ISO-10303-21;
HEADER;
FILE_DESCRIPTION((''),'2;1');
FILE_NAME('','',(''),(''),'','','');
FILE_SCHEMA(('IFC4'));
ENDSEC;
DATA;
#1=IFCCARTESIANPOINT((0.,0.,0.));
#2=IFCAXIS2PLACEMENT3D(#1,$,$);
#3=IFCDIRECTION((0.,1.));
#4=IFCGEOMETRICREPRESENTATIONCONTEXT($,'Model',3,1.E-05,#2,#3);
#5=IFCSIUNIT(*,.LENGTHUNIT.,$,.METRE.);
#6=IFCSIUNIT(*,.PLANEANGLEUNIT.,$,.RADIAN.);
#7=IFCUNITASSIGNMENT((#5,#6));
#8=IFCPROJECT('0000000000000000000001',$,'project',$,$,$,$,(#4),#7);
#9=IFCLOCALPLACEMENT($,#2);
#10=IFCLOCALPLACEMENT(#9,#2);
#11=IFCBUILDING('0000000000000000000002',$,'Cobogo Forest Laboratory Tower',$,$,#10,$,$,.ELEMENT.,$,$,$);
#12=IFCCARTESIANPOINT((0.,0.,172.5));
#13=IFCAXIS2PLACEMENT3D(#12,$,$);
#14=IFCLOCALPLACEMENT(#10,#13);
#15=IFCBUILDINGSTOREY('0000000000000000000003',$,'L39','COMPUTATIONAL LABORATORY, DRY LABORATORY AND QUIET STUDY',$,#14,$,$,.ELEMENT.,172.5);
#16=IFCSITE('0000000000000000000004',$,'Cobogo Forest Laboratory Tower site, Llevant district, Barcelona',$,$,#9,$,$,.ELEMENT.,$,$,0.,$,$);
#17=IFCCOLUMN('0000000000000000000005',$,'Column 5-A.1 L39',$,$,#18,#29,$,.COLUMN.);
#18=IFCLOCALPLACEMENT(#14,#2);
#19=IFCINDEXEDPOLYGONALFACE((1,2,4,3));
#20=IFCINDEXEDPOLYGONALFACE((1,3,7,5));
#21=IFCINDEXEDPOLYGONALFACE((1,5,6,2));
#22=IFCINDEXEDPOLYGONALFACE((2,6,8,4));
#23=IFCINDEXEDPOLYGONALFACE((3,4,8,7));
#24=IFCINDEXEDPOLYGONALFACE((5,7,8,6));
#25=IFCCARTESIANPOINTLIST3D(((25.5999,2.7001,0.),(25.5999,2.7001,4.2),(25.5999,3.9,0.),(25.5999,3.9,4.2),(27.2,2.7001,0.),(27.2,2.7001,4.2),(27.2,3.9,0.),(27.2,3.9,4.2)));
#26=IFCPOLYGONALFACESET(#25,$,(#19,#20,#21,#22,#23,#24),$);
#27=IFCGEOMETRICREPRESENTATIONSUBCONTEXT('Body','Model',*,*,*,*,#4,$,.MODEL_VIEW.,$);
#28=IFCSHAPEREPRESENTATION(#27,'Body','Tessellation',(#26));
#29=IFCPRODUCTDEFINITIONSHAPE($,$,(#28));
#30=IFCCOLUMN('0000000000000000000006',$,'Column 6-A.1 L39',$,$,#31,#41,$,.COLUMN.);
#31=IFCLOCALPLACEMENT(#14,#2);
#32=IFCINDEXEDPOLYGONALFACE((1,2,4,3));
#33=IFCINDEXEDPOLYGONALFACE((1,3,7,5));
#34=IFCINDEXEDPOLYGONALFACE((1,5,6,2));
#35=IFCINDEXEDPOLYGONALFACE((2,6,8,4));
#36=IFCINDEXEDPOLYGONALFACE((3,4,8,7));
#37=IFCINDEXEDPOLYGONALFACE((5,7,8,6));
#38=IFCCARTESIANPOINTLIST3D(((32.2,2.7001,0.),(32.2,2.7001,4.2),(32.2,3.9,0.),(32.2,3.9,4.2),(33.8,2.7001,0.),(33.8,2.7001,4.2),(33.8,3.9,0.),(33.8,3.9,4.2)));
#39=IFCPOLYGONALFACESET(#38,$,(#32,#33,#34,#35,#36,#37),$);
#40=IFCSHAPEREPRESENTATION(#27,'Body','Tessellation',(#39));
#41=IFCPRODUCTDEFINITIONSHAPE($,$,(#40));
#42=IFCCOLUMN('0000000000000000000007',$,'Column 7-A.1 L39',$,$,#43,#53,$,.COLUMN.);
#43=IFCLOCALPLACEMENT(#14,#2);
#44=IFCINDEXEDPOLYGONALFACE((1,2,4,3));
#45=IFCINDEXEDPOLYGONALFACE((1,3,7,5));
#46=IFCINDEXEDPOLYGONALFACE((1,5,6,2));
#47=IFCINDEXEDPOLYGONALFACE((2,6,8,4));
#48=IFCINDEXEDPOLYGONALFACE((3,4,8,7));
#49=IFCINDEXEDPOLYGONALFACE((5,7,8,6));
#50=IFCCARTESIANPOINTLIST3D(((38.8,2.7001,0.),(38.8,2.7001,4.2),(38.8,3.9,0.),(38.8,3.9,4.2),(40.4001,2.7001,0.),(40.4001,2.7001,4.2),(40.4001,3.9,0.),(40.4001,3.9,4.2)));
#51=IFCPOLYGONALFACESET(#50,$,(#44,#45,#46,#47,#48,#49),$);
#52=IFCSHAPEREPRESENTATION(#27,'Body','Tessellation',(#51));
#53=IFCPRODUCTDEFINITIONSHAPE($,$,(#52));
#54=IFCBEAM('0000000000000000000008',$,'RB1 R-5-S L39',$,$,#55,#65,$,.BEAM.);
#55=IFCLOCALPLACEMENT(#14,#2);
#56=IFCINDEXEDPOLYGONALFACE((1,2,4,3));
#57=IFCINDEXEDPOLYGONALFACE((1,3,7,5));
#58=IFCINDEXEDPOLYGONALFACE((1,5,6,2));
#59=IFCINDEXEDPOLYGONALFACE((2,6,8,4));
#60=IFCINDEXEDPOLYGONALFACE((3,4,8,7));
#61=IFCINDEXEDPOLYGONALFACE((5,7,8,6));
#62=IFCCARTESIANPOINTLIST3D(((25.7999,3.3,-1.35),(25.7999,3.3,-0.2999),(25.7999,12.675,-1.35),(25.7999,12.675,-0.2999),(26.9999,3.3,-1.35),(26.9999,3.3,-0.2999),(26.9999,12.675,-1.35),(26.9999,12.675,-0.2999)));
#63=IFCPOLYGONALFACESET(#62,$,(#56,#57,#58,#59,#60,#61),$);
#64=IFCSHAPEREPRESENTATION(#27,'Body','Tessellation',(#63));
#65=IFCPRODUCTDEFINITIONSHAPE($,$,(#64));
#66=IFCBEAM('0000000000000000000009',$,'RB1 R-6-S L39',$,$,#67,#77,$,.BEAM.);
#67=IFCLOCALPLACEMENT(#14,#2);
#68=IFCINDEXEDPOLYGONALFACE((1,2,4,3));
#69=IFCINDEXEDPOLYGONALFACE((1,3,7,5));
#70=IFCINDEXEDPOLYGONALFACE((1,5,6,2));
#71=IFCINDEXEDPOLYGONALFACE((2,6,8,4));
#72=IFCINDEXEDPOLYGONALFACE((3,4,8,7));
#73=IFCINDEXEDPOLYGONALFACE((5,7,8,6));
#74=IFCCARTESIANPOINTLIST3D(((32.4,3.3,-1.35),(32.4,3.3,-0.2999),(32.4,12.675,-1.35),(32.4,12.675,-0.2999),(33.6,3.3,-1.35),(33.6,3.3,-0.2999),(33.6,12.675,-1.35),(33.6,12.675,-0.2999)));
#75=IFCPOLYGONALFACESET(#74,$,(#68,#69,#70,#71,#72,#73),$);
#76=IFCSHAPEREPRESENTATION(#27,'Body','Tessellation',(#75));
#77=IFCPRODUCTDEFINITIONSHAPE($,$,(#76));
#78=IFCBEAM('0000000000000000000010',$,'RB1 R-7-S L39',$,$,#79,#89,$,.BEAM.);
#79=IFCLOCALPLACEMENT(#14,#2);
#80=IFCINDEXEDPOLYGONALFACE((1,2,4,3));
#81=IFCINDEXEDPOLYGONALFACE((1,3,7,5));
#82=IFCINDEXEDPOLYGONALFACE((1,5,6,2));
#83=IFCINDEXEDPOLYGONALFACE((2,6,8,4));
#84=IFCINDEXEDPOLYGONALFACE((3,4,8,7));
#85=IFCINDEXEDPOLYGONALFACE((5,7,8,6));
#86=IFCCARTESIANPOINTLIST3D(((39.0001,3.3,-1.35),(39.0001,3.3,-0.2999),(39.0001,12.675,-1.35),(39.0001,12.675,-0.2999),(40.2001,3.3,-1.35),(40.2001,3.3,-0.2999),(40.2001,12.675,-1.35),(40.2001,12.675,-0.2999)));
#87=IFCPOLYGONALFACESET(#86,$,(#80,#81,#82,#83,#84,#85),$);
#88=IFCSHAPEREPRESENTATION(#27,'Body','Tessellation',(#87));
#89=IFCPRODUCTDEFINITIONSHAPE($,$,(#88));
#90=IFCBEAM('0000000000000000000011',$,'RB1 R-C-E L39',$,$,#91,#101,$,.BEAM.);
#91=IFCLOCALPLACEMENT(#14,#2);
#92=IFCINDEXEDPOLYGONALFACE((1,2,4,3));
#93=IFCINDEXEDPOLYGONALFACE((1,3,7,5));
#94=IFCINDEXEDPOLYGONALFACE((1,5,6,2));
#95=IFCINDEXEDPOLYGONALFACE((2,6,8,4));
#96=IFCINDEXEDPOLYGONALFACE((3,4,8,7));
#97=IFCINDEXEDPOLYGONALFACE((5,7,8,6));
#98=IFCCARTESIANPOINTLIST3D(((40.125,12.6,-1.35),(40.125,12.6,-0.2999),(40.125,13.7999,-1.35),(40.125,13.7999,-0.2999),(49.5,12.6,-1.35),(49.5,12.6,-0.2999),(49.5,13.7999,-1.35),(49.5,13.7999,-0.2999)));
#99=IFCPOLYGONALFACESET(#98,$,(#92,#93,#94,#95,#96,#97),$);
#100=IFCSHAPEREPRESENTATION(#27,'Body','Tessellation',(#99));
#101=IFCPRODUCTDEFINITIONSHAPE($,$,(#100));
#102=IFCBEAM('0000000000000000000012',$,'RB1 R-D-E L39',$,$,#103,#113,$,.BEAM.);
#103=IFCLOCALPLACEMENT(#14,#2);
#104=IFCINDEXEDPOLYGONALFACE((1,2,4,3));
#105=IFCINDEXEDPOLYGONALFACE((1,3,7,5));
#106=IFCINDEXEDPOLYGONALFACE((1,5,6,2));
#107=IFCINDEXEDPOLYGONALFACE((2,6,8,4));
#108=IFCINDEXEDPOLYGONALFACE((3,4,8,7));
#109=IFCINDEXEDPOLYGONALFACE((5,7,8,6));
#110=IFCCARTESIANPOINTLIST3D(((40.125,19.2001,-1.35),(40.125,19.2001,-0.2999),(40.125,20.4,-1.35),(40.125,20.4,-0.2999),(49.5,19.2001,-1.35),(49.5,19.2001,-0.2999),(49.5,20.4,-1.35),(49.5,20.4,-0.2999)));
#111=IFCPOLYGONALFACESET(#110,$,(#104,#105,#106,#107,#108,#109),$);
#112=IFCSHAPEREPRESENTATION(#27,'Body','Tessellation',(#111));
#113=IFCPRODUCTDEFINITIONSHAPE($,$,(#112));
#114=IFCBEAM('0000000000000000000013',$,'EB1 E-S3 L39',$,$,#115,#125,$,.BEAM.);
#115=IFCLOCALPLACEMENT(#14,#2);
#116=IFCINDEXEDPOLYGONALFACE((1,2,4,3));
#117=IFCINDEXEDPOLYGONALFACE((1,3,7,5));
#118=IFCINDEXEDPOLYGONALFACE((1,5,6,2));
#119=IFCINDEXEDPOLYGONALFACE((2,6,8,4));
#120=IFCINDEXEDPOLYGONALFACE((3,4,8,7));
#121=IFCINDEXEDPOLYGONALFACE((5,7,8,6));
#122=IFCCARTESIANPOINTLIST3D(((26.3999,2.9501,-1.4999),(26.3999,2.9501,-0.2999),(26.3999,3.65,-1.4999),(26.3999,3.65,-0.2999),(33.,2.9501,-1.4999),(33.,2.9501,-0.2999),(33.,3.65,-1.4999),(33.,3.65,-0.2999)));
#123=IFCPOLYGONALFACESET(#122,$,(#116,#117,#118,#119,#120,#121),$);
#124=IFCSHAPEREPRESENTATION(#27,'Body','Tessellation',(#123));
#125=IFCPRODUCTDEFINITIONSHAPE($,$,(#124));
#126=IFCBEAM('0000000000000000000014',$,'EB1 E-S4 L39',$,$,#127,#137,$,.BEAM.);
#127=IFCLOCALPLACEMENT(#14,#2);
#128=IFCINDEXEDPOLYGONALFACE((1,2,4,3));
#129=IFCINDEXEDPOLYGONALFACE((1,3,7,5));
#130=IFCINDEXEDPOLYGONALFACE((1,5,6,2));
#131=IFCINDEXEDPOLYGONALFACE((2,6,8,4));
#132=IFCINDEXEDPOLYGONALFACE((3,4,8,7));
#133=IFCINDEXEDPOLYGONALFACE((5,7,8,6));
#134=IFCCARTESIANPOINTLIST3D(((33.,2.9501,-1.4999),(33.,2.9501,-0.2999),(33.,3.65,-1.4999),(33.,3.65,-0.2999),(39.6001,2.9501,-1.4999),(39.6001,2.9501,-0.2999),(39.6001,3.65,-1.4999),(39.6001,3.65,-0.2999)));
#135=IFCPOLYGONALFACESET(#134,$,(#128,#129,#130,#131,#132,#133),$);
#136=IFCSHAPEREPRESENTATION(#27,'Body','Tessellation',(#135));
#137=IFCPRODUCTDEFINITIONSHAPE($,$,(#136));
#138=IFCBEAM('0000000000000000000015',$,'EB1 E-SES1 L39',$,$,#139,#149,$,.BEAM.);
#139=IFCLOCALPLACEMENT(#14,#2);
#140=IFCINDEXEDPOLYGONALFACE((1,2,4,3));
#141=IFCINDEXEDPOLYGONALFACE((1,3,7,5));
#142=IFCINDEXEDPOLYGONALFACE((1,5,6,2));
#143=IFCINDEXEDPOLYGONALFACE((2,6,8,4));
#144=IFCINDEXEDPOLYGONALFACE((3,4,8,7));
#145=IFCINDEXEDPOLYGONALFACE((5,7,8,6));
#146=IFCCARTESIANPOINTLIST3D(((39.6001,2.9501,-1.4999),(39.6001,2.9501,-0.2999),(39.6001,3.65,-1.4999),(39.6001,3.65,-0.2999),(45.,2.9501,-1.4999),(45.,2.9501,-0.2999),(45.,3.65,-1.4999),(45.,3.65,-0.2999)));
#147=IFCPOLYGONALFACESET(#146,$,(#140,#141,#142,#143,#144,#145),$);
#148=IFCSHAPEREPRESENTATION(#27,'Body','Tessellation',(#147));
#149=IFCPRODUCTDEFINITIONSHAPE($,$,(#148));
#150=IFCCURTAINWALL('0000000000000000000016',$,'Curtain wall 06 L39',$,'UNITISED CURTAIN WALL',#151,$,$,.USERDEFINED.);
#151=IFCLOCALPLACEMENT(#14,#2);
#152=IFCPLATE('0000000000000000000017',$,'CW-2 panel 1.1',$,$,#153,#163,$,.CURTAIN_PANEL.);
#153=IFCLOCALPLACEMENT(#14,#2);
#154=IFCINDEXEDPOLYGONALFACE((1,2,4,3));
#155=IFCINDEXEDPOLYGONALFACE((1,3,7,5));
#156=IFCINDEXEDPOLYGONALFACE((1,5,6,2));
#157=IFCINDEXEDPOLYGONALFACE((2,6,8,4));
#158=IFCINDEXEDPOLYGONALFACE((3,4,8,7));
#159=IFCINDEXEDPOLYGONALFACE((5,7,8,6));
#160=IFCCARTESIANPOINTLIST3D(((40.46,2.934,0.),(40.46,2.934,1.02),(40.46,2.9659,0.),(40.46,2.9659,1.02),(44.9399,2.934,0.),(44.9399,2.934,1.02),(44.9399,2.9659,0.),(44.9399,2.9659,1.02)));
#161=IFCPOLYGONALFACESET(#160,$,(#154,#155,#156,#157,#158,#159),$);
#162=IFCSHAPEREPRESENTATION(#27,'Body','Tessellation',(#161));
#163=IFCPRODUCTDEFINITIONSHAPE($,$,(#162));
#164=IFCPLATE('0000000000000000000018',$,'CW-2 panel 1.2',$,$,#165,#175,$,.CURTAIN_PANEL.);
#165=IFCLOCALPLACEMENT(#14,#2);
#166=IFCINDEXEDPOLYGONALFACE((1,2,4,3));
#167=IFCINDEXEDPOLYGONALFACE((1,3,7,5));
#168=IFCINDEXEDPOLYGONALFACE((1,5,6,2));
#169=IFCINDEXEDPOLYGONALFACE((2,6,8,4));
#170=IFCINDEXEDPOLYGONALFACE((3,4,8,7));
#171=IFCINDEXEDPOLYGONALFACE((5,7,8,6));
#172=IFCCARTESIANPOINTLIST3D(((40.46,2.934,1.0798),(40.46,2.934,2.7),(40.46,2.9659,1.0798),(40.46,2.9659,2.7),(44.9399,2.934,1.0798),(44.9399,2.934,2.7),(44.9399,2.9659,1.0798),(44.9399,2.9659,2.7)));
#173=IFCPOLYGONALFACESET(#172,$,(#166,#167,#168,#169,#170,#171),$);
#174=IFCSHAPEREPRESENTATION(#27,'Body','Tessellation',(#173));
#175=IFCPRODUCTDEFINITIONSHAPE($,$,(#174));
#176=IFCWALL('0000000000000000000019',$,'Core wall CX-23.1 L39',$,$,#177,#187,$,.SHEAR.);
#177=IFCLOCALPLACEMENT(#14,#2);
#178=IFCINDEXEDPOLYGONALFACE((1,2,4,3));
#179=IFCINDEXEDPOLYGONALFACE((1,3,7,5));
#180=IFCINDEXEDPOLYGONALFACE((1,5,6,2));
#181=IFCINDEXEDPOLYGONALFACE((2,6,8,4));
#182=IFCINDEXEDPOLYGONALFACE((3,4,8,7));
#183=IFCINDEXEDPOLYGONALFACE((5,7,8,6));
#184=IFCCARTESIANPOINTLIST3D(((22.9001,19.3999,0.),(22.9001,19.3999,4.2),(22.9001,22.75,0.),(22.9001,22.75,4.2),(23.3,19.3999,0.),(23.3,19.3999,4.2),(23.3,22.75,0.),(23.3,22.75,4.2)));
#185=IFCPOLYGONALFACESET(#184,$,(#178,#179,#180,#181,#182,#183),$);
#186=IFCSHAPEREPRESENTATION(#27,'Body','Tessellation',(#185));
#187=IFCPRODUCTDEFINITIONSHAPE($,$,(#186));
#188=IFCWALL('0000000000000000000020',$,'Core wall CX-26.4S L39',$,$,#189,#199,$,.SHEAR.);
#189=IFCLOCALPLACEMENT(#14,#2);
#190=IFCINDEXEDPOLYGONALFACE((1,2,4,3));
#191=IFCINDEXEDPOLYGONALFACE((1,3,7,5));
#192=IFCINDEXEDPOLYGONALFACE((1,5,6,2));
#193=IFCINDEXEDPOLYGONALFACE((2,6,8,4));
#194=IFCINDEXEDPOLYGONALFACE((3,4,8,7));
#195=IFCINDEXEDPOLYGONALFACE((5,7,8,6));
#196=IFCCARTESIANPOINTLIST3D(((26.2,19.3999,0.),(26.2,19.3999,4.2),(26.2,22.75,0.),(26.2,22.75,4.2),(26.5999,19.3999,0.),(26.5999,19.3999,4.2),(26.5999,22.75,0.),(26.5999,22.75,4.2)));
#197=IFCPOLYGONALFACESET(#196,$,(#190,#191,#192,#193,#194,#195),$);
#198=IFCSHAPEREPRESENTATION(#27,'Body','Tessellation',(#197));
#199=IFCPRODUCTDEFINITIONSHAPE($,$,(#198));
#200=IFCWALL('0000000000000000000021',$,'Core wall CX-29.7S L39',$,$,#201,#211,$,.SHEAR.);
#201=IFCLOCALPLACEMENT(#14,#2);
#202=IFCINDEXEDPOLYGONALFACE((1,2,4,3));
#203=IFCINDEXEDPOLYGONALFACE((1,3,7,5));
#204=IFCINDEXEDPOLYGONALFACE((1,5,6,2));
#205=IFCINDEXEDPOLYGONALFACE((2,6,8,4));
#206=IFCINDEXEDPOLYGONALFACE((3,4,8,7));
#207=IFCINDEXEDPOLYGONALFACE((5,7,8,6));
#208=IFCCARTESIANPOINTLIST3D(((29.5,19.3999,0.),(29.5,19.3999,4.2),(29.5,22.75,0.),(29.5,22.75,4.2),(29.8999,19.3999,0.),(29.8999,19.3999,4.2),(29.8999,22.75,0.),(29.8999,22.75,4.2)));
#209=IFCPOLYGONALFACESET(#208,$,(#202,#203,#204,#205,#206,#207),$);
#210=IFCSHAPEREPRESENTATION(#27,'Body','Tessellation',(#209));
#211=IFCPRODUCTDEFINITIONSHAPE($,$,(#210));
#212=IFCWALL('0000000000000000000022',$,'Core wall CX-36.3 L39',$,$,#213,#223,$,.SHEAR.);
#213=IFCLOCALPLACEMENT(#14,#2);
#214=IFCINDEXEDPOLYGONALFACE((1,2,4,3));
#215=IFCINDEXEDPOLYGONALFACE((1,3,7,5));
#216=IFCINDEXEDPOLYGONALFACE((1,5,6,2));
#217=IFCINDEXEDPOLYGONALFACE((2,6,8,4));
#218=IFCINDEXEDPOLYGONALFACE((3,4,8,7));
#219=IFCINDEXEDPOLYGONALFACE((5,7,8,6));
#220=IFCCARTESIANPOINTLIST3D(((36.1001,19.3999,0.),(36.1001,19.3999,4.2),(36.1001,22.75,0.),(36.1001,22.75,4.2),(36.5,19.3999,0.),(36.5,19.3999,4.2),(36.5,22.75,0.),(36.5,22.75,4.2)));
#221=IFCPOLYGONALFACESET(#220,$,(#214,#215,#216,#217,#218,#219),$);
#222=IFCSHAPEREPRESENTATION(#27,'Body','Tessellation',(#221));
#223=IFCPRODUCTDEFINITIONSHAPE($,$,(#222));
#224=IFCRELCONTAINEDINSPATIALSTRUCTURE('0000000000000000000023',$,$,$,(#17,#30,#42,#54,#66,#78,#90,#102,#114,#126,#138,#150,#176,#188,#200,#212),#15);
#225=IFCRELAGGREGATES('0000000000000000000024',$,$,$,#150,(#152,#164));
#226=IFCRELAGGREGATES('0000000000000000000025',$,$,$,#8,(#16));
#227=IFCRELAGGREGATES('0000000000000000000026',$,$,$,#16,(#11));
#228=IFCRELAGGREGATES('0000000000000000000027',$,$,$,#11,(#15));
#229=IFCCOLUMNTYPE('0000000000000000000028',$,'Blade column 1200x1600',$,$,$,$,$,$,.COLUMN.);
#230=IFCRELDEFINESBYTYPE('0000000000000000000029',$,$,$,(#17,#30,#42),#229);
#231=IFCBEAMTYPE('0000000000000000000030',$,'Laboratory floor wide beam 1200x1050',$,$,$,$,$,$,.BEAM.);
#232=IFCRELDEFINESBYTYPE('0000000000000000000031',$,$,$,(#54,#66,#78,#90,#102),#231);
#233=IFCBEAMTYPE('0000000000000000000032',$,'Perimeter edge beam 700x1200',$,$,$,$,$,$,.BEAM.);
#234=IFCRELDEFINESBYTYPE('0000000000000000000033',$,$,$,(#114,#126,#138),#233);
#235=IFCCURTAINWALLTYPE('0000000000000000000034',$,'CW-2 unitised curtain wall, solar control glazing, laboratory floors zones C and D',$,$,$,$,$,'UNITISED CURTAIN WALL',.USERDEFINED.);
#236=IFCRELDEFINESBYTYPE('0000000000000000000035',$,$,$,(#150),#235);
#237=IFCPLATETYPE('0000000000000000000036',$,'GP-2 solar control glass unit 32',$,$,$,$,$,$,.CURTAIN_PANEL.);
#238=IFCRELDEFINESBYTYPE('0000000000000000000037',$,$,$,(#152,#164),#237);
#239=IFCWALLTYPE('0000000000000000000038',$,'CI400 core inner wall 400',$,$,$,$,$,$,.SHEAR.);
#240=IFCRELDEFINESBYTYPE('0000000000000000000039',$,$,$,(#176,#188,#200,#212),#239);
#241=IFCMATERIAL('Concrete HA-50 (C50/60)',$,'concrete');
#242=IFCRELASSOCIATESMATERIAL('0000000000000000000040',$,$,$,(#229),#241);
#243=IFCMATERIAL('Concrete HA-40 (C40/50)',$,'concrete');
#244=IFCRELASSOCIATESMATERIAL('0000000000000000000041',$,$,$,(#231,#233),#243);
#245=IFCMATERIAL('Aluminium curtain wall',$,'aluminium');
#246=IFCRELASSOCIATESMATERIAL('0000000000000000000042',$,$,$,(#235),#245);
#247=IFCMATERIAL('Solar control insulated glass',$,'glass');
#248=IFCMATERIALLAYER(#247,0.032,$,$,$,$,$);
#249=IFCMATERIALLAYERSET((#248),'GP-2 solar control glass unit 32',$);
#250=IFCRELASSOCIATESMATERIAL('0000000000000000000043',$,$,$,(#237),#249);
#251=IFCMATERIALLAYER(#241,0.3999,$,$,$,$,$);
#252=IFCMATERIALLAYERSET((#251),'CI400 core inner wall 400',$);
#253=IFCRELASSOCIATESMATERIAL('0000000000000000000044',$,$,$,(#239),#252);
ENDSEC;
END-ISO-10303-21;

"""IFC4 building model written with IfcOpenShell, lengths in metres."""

from ifc_helpers import new_model, si_unit, direction, frame, frame_2d, origin, origin_2d, place, context, subcontext, project, spatial, rectangle, extrude, material, layer, layer_set, material_profile, profile_set, type_object, element, aggregate, save


model = new_model("IFC4")

# Units and contexts
model_context = context("Model", 3, precision=1e-05, world=origin(), true_north=direction((0.0, 1.0)))
body_context = subcontext(model_context, "Body", "Model", "MODEL_VIEW")
ifc_project = project(units=[si_unit("LENGTHUNIT", "METRE"), si_unit("PLANEANGLEUNIT", "RADIAN")], contexts=[model_context])

# Site, building, storey
site_placement = place(None, origin())
site = spatial("IfcSite", under=ifc_project, at=site_placement, Name="Cobogo Forest Laboratory Tower site, Llevant district, Barcelona", CompositionType="ELEMENT", RefElevation=0.0)
building_placement = place(site_placement, origin())
building = spatial("IfcBuilding", under=site, at=building_placement, Name="Cobogo Forest Laboratory Tower", CompositionType="ELEMENT")
storey_placement = place(building_placement, frame((0.0, 0.0, 172.5)))
storey = spatial("IfcBuildingStorey", under=building, at=storey_placement, Name="L39", Description="COMPUTATIONAL LABORATORY, DRY LABORATORY AND QUIET STUDY", CompositionType="ELEMENT", Elevation=172.5)

# Columns
ifc_material_1 = material(Name="Concrete HA-50 (C50/60)", Category="concrete")
ifc_material_profile_1 = material_profile(ifc_material_1, rectangle(XDim=1.6001, YDim=1.2, at=origin_2d()), Name="RC 1200x1600")
ifc_profile_set_1 = profile_set([ifc_material_profile_1], Name="Concrete HA-50 (C50/60)")
column_type = type_object("IfcColumnType", Name="Blade column 1200x1600", PredefinedType="COLUMN", material=ifc_profile_set_1)
for number, where, z_axis, x_axis, name in (
    (1, (26.3999, 3.3, 0.0), (0.0, 0.0, 1.0), (1.0, 0.0, 0.0), "Column 5-A.1 L39"),
    (2, (33.0, 3.3, 0.0), (0.0, 0.0, 1.0), (1.0, 0.0, 0.0), "Column 6-A.1 L39"),
    (3, (39.6001, 3.3, 0.0), (0.0, 0.0, 1.0), (1.0, 0.0, 0.0), "Column 7-A.1 L39"),
):
    element("IfcColumn", number, at=place(storey_placement, frame(where, z_axis=z_axis, x_axis=x_axis)), inside=storey, type_object=column_type, Name=name, PredefinedType="COLUMN", context=body_context, shape_type="SweptSolid", body=[
        extrude(rectangle(XDim=1.6001, YDim=1.2, at=origin_2d()), origin(), (0.0, 0.0, 1.0), 4.2),
    ])

# Beams
ifc_material_2 = material(Name="Concrete HA-40 (C40/50)", Category="concrete")
ifc_material_profile_2 = material_profile(ifc_material_2, rectangle(XDim=1.2, YDim=1.05, at=origin_2d()), Name="RC 1200x1050")
ifc_profile_set_2 = profile_set([ifc_material_profile_2], Name="Concrete HA-40 (C40/50)")
beam_type_1 = type_object("IfcBeamType", Name="Laboratory floor wide beam 1200x1050", PredefinedType="BEAM", material=ifc_profile_set_2)
for number, where, z_axis, x_axis, name in (
    (4, (26.3999, 12.675, -0.825), (0.0, -1.0, 0.0), (1.0, 0.0, 0.0), "RB1 R-5-S L39"),
    (5, (33.0, 12.675, -0.825), (0.0, -1.0, 0.0), (1.0, 0.0, 0.0), "RB1 R-6-S L39"),
    (6, (39.6001, 12.675, -0.825), (0.0, -1.0, 0.0), (1.0, 0.0, 0.0), "RB1 R-7-S L39"),
    (7, (40.125, 13.2, -0.825), (1.0, 0.0, 0.0), (0.0, 1.0, 0.0), "RB1 R-C-E L39"),
    (8, (40.125, 19.8, -0.825), (1.0, 0.0, 0.0), (0.0, 1.0, 0.0), "RB1 R-D-E L39"),
):
    element("IfcBeam", number, at=place(storey_placement, frame(where, z_axis=z_axis, x_axis=x_axis)), inside=storey, type_object=beam_type_1, Name=name, PredefinedType="BEAM", context=body_context, shape_type="SweptSolid", body=[
        extrude(rectangle(XDim=1.2, YDim=1.05, at=origin_2d()), origin(), (0.0, 0.0, 1.0), 9.375),
    ])
ifc_material_profile_3 = material_profile(ifc_material_2, rectangle(XDim=0.7, YDim=1.2, at=origin_2d()), Name="RC 700x1200")
ifc_profile_set_3 = profile_set([ifc_material_profile_3], Name="Concrete HA-40 (C40/50)")
beam_type_2 = type_object("IfcBeamType", Name="Perimeter edge beam 700x1200", PredefinedType="BEAM", material=ifc_profile_set_3)
for number, where, z_axis, x_axis, name in (
    (9, (26.3999, 3.3, -0.8999), (1.0, 0.0, 0.0), (0.0, 1.0, 0.0), "EB1 E-S3 L39"),
    (10, (33.0, 3.3, -0.8999), (1.0, 0.0, 0.0), (0.0, 1.0, 0.0), "EB1 E-S4 L39"),
):
    element("IfcBeam", number, at=place(storey_placement, frame(where, z_axis=z_axis, x_axis=x_axis)), inside=storey, type_object=beam_type_2, Name=name, PredefinedType="BEAM", context=body_context, shape_type="SweptSolid", body=[
        extrude(rectangle(XDim=0.7, YDim=1.2, at=origin_2d()), origin(), (0.0, 0.0, 1.0), 6.6001),
    ])
beam_placement = place(storey_placement, frame((39.6001, 3.3, -0.8999), z_axis=(1.0, 0.0, 0.0), x_axis=(0.0, 1.0, 0.0)))
element("IfcBeam", 11, at=beam_placement, inside=storey, type_object=beam_type_2, Name="EB1 E-SES1 L39", PredefinedType="BEAM", context=body_context, shape_type="SweptSolid", body=[
    extrude(rectangle(XDim=0.7, YDim=1.2, at=origin_2d()), origin(), (0.0, 0.0, 1.0), 5.3999),
])

# Curtain wall, plates
ifc_material_3 = material(Name="Aluminium curtain wall", Category="aluminium")
curtain_wall_type = type_object("IfcCurtainWallType", Name="CW-2 unitised curtain wall, solar control glazing, laboratory floors zones C and D", ElementType="UNITISED CURTAIN WALL", PredefinedType="USERDEFINED", material=ifc_material_3)
curtain_wall_placement = place(storey_placement, origin())
curtain_wall = element("IfcCurtainWall", 12, at=curtain_wall_placement, inside=storey, type_object=curtain_wall_type, Name="Curtain wall 06 L39", ObjectType="UNITISED CURTAIN WALL", PredefinedType="USERDEFINED")
ifc_material_4 = material(Name="Solar control insulated glass", Category="glass")
ifc_layer_1 = layer(ifc_material_4, 0.032)
ifc_layer_set_1 = layer_set([ifc_layer_1], Name="GP-2 solar control glass unit 32")
plate_type = type_object("IfcPlateType", Name="GP-2 solar control glass unit 32", PredefinedType="CURTAIN_PANEL", material=ifc_layer_set_1)
plate_1_placement = place(storey_placement, frame((42.7, 2.95, 0.0), z_axis=(0.0, 0.0, 1.0), x_axis=(1.0, 0.0, 0.0)))
plate_1 = element("IfcPlate", 13, at=plate_1_placement, type_object=plate_type, Name="CW-2 panel 1.1", PredefinedType="CURTAIN_PANEL", context=body_context, shape_type="SweptSolid", body=[
    extrude(rectangle(XDim=4.48, YDim=0.032, at=origin_2d()), origin(), (0.0, 0.0, 1.0), 1.02),
])
plate_2_placement = place(storey_placement, frame((42.7, 2.95, 1.0798), z_axis=(0.0, 0.0, 1.0), x_axis=(1.0, 0.0, 0.0)))
plate_2 = element("IfcPlate", 14, at=plate_2_placement, type_object=plate_type, Name="CW-2 panel 1.2", PredefinedType="CURTAIN_PANEL", context=body_context, shape_type="SweptSolid", body=[
    extrude(rectangle(XDim=4.48, YDim=0.032, at=origin_2d()), origin(), (0.0, 0.0, 1.0), 1.6201),
])
aggregate(curtain_wall, [plate_1, plate_2])

# Walls
ifc_layer_2 = layer(ifc_material_1, 0.3999)
ifc_layer_set_2 = layer_set([ifc_layer_2], Name="CI400 core inner wall 400")
wall_type_1 = type_object("IfcWallType", Name="CI400 core inner wall 400", PredefinedType="SHEAR", material=ifc_layer_set_2)
for number, where, z_axis, x_axis, name in (
    (15, (23.1001, 19.3999, 0.0), (0.0, 0.0, 1.0), (0.0, 1.0, 0.0), "Core wall CX-23.1 L39"),
    (16, (26.3999, 19.3999, 0.0), (0.0, 0.0, 1.0), (0.0, 1.0, 0.0), "Core wall CX-26.4S L39"),
    (17, (29.7, 19.3999, 0.0), (0.0, 0.0, 1.0), (0.0, 1.0, 0.0), "Core wall CX-29.7S L39"),
    (18, (36.3, 19.3999, 0.0), (0.0, 0.0, 1.0), (0.0, 1.0, 0.0), "Core wall CX-36.3 L39"),
):
    element("IfcWall", number, at=place(storey_placement, frame(where, z_axis=z_axis, x_axis=x_axis)), inside=storey, type_object=wall_type_1, Name=name, PredefinedType="SHEAR", context=body_context, shape_type="SweptSolid", body=[
        extrude(rectangle(XDim=3.3501, YDim=0.3999, at=frame_2d((1.675, 0.0))), origin(), (0.0, 0.0, 1.0), 4.2),
    ])

save(model, "model.ifc")
